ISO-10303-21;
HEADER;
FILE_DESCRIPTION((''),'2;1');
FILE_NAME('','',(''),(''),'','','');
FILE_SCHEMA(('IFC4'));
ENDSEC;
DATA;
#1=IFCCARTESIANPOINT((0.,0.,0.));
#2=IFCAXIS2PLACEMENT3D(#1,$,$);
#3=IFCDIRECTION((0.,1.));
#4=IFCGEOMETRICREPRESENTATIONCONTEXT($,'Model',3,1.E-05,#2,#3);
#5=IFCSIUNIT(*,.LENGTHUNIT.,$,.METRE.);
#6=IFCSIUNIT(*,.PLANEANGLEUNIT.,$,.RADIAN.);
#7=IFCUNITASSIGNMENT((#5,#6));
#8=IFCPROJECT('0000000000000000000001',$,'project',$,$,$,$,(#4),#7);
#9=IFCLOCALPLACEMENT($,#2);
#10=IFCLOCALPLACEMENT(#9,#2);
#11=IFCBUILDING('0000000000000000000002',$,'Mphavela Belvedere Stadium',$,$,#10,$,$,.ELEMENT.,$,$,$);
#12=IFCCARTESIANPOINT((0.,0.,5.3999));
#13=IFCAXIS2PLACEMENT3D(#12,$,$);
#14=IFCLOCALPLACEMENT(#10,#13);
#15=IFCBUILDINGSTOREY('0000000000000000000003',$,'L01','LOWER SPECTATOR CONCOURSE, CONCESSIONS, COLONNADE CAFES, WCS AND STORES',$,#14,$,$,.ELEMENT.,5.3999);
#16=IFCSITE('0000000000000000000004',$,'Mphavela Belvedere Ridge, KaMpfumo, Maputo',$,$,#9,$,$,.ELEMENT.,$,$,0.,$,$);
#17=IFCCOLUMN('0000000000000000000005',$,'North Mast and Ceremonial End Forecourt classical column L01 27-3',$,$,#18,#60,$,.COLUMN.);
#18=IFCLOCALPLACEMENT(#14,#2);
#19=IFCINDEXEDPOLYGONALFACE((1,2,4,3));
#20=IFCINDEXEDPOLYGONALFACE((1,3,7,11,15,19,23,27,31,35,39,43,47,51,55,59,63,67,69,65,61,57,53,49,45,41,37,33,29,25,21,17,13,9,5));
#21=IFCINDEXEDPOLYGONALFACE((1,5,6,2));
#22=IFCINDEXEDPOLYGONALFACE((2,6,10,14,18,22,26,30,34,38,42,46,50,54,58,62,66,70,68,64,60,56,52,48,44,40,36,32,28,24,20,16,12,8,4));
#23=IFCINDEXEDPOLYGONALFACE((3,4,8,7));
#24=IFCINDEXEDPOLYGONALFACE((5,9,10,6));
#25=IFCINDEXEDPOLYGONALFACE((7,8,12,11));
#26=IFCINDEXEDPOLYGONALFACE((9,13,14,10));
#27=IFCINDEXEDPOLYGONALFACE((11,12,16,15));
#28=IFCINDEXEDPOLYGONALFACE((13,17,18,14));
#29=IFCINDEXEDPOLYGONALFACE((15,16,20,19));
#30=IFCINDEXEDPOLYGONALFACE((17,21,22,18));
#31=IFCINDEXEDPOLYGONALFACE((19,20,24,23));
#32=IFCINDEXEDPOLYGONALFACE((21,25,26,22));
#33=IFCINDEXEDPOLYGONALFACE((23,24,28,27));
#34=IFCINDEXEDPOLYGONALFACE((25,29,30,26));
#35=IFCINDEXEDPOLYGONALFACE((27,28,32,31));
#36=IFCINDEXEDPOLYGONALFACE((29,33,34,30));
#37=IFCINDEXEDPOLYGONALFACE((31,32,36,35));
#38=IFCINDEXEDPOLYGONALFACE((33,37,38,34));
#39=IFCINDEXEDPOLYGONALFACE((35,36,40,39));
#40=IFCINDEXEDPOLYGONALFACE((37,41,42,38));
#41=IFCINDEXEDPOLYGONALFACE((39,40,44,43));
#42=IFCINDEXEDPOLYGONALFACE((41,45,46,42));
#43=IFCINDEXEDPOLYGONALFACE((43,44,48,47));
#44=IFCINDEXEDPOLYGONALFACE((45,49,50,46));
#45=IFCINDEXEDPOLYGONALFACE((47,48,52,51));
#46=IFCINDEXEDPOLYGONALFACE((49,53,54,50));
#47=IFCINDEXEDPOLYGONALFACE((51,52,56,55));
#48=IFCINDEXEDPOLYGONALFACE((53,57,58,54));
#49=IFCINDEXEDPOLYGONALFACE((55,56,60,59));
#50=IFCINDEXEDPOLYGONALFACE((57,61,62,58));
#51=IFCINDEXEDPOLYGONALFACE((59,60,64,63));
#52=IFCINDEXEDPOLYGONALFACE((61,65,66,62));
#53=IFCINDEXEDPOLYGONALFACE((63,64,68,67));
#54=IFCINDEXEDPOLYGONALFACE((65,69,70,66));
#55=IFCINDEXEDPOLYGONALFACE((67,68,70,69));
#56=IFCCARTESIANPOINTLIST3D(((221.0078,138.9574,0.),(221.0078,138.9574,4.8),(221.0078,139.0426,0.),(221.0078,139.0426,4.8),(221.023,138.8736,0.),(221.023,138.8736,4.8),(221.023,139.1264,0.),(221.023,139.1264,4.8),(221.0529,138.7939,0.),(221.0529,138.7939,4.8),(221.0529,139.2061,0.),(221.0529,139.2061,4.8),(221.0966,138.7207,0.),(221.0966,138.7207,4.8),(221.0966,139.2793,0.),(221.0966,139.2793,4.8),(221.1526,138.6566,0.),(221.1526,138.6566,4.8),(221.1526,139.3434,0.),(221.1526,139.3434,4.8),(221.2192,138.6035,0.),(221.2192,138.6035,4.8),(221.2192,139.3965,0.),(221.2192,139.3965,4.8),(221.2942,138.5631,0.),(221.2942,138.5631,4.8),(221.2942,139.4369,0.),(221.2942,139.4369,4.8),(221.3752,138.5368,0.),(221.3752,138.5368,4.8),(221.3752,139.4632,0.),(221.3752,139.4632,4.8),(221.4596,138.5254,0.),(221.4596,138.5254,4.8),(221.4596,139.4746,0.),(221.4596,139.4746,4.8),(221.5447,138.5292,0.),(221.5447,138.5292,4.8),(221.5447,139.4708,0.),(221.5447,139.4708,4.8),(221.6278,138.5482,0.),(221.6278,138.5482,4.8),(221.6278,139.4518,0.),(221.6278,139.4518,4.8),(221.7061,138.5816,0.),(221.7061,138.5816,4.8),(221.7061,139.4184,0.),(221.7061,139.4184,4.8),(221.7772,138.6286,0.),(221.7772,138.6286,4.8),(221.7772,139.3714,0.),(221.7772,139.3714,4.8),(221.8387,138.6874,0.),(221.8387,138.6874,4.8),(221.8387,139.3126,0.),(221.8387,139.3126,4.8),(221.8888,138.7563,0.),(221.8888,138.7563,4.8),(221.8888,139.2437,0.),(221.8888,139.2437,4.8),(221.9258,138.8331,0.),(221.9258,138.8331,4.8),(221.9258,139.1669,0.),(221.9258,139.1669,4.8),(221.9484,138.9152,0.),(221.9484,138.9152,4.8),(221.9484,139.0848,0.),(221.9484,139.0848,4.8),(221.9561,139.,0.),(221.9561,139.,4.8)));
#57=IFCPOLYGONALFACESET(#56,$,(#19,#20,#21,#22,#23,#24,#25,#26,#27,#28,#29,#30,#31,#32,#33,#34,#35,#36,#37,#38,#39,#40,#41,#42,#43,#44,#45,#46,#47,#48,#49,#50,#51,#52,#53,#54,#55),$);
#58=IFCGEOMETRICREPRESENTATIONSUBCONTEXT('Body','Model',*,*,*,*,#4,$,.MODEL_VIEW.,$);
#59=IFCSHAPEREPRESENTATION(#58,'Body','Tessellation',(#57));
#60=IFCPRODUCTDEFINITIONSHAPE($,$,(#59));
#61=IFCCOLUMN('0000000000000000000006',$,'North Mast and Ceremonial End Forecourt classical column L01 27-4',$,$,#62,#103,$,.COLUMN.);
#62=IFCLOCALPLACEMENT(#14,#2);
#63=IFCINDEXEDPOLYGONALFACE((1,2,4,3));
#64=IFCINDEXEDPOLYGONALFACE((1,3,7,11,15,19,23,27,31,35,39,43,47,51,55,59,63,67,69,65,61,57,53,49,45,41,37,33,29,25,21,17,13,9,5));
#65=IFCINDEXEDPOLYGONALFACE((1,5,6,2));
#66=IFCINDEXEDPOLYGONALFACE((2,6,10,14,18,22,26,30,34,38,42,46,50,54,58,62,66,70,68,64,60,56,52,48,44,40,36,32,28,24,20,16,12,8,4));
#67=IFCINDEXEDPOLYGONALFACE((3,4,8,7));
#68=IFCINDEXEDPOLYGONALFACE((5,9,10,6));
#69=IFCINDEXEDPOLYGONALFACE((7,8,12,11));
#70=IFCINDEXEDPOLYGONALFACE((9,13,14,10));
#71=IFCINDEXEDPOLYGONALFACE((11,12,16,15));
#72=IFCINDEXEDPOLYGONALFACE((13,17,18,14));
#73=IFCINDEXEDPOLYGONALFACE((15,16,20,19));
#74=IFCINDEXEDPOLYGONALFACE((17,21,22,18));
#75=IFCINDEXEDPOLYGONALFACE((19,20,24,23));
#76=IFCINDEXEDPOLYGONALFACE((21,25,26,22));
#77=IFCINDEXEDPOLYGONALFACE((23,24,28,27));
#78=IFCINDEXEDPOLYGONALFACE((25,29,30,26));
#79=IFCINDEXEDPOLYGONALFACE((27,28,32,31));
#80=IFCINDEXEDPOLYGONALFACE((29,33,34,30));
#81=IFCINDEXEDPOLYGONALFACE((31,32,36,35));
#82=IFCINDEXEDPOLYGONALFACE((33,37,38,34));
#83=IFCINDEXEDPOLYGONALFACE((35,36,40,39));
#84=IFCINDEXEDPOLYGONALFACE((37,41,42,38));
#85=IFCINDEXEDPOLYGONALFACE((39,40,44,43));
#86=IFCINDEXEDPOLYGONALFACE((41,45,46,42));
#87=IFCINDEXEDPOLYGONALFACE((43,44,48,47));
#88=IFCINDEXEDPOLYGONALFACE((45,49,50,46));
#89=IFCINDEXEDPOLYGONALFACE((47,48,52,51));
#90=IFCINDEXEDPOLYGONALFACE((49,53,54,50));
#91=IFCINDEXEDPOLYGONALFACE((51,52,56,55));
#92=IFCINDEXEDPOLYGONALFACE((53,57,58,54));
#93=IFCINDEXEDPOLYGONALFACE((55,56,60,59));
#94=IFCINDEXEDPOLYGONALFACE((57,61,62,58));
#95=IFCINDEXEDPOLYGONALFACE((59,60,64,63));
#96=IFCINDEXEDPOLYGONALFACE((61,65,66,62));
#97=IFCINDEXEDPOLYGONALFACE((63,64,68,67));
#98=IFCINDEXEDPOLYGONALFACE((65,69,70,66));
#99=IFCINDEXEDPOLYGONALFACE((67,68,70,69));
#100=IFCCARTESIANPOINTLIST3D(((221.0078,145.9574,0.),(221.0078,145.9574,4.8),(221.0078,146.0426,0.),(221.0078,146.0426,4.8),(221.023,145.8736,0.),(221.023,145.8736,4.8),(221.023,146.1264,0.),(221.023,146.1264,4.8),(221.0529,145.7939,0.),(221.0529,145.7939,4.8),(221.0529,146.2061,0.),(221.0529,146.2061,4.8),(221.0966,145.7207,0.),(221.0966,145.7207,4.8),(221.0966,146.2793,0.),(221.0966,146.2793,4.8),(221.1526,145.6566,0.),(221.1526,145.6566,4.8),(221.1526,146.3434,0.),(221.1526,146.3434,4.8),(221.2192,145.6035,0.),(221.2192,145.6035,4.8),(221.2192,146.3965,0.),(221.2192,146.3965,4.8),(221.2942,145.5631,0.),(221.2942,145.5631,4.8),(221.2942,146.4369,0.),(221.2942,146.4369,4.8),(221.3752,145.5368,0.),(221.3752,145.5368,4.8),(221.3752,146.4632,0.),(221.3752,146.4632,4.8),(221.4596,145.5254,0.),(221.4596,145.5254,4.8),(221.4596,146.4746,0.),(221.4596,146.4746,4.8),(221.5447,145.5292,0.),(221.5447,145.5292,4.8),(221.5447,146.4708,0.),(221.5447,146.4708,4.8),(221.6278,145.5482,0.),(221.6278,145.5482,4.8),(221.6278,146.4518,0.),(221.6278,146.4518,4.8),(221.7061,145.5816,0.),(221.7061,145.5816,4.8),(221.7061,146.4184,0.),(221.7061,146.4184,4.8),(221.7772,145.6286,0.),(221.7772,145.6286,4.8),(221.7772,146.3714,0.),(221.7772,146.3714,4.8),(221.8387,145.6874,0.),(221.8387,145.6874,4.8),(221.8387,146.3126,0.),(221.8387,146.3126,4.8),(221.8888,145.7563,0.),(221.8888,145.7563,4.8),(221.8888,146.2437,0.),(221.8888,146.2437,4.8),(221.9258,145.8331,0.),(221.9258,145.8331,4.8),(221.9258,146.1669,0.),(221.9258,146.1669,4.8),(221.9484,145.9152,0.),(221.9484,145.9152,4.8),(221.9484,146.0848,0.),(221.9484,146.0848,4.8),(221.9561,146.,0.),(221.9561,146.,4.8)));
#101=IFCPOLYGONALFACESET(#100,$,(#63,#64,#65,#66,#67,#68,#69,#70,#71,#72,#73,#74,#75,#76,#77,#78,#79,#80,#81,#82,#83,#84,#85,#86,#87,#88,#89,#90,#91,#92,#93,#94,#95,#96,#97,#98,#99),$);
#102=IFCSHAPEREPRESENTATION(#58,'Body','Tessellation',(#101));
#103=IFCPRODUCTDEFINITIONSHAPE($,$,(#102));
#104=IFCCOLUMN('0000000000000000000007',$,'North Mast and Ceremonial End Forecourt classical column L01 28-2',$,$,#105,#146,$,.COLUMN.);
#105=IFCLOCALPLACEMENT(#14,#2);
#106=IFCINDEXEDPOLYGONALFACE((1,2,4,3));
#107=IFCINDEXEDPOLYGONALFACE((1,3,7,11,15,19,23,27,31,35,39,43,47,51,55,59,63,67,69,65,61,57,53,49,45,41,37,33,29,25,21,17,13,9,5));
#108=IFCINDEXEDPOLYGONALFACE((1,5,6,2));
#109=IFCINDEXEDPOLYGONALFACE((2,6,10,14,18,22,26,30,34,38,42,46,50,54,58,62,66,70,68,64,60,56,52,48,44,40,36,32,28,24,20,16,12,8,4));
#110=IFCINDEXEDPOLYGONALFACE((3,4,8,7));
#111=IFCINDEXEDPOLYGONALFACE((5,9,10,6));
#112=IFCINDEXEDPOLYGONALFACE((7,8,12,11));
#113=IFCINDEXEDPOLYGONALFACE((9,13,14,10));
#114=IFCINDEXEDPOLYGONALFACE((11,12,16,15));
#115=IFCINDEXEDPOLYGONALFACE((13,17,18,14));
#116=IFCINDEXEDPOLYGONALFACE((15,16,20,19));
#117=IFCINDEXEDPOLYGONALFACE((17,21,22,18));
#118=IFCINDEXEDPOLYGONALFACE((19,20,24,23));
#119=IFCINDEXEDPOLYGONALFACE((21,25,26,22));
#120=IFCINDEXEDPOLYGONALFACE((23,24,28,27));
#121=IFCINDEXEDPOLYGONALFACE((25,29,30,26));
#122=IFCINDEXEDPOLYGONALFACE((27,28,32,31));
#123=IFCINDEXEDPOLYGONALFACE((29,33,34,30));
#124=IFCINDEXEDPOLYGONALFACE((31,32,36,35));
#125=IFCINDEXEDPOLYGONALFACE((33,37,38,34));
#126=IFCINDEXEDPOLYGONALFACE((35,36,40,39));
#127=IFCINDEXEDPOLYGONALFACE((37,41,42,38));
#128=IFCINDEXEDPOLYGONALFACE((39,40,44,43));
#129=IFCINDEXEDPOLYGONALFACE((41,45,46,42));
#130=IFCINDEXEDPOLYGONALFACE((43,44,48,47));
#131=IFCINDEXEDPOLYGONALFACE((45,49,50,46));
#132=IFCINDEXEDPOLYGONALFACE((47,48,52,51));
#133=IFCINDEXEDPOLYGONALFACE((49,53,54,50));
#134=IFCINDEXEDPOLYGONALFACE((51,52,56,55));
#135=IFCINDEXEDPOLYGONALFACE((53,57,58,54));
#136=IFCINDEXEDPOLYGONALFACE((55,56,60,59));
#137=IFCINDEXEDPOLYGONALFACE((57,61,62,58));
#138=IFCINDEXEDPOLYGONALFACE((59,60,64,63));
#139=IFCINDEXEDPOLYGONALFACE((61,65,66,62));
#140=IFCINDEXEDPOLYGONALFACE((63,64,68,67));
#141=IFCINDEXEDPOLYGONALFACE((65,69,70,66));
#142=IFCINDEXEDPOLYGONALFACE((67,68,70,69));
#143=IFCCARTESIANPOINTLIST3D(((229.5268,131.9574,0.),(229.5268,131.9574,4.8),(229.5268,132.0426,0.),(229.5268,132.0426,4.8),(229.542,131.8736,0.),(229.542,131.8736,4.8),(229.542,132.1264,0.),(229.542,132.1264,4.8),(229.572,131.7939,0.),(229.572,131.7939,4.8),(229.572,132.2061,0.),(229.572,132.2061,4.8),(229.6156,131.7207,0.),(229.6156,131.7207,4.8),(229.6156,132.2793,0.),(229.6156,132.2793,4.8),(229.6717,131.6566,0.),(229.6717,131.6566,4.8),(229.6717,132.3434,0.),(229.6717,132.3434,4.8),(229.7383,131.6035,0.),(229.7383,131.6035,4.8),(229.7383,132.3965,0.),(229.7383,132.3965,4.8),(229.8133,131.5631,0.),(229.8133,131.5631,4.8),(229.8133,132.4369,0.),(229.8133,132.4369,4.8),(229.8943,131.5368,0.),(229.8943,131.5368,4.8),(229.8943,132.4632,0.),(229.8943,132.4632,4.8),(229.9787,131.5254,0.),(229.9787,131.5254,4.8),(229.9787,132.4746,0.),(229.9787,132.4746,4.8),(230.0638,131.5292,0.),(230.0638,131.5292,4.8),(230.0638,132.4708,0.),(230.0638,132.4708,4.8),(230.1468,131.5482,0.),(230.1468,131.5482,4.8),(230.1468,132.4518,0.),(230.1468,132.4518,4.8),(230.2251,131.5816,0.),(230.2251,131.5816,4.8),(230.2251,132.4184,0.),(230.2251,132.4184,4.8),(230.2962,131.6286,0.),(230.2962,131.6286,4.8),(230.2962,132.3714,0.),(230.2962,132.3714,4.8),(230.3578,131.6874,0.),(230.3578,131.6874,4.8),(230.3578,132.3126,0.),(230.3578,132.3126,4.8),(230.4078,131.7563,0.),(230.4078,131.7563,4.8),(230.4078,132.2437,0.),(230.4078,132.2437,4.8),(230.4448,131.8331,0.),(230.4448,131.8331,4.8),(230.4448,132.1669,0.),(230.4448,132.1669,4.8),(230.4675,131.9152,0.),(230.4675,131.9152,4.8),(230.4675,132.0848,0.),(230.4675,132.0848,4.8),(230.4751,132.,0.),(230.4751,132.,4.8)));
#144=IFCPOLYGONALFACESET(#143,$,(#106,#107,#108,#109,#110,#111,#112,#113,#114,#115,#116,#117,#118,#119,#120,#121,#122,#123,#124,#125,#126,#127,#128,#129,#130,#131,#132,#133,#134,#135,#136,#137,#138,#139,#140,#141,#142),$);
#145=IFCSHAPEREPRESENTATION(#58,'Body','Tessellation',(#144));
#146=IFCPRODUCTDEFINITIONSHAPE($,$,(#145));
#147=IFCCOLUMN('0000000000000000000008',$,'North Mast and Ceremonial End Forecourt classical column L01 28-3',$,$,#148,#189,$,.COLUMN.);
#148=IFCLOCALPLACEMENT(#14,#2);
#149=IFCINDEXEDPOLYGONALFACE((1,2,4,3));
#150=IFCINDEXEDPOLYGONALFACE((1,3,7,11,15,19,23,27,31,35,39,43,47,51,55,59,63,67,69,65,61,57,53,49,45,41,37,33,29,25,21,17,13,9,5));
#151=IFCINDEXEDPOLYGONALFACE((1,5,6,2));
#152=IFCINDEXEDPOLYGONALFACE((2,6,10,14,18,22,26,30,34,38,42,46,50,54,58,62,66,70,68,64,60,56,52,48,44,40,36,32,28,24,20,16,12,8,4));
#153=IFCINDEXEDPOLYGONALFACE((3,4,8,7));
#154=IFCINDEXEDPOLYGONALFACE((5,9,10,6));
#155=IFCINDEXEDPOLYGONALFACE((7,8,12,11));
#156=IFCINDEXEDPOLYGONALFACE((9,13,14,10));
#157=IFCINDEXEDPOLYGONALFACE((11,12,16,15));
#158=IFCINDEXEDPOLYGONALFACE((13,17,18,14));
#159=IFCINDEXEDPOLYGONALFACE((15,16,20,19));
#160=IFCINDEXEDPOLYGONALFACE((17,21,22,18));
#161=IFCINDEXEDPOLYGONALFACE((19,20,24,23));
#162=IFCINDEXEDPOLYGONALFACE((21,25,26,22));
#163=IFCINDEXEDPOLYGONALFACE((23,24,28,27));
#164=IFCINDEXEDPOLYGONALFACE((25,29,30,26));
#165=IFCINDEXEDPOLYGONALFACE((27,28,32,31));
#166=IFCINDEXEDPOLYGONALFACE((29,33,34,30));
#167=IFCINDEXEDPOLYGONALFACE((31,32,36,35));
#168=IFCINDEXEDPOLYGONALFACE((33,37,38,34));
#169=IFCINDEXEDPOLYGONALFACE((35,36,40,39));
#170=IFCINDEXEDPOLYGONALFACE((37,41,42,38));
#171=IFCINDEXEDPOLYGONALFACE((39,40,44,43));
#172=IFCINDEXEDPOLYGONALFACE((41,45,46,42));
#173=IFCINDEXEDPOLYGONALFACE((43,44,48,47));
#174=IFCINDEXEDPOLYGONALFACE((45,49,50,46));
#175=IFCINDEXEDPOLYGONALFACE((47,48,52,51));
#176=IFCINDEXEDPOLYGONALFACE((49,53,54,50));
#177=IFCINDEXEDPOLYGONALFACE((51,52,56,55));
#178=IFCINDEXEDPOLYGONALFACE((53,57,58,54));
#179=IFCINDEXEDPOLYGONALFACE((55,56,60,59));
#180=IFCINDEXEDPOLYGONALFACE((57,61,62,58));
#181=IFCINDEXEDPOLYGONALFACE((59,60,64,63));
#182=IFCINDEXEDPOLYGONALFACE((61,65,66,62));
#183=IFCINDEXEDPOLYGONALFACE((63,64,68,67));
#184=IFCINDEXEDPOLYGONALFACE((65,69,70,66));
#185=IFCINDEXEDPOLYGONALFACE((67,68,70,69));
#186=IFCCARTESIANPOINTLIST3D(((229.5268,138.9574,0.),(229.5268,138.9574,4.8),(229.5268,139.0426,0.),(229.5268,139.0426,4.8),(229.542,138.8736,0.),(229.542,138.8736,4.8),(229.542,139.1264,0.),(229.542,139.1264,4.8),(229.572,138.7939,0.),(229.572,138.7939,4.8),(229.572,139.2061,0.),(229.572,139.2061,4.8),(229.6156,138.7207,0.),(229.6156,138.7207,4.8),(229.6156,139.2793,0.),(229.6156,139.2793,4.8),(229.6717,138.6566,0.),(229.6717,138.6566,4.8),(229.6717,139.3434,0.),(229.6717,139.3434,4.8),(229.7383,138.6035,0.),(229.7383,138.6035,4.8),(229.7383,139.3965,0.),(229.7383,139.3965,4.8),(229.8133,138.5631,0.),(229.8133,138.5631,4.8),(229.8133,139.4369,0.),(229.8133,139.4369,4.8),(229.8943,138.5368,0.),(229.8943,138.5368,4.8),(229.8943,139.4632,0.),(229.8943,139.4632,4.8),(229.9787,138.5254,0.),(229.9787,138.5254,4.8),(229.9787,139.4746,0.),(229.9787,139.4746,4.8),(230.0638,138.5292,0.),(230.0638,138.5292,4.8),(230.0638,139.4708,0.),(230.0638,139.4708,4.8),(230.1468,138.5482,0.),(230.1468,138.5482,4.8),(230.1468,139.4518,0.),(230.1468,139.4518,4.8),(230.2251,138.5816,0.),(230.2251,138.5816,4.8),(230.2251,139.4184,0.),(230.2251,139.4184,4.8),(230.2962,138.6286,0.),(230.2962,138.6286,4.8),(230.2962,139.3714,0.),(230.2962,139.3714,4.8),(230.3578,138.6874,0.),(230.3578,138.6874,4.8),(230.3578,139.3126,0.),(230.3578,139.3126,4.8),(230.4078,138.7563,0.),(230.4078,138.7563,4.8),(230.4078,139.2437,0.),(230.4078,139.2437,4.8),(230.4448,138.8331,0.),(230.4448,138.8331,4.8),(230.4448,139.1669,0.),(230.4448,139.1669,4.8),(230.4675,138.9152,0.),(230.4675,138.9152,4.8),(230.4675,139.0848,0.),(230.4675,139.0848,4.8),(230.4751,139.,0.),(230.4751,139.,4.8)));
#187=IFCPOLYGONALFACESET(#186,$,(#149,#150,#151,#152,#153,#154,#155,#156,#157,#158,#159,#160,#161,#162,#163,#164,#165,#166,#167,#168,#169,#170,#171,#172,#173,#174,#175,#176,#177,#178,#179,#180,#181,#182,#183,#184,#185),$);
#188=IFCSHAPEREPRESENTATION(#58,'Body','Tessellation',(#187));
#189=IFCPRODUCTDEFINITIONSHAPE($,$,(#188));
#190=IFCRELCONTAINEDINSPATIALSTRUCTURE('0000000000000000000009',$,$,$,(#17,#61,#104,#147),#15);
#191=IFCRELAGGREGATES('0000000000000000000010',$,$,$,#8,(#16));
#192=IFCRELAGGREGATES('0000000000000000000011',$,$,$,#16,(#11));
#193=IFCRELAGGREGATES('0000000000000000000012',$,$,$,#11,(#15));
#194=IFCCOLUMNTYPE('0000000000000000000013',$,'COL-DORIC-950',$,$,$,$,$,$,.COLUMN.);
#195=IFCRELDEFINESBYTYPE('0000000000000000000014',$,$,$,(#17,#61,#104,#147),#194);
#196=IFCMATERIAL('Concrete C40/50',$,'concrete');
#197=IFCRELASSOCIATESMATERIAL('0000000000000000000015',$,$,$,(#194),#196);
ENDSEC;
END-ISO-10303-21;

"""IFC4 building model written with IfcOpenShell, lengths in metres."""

from ifc_helpers import new_model, si_unit, direction, frame, origin, origin_2d, place, context, subcontext, project, spatial, circle, extrude, material, material_profile, profile_set, type_object, element, save


model = new_model("IFC4")

# Units and contexts
model_context = context("Model", 3, precision=1e-05, world=origin(), true_north=direction((0.0, 1.0)))
body_context = subcontext(model_context, "Body", "Model", "MODEL_VIEW")
ifc_project = project(units=[si_unit("LENGTHUNIT", "METRE"), si_unit("PLANEANGLEUNIT", "RADIAN")], contexts=[model_context])

# Site, building, storey
site_placement = place(None, origin())
site = spatial("IfcSite", under=ifc_project, at=site_placement, Name="Mphavela Belvedere Ridge, KaMpfumo, Maputo", CompositionType="ELEMENT", RefElevation=0.0)
building_placement = place(site_placement, origin())
building = spatial("IfcBuilding", under=site, at=building_placement, Name="Mphavela Belvedere Stadium", CompositionType="ELEMENT")
storey_placement = place(building_placement, frame((0.0, 0.0, 5.3999)))
storey = spatial("IfcBuildingStorey", under=building, at=storey_placement, Name="L01", Description="LOWER SPECTATOR CONCOURSE, CONCESSIONS, COLONNADE CAFES, WCS AND STORES", CompositionType="ELEMENT", Elevation=5.3999)

# Columns
ifc_material_1 = material(Name="Concrete C40/50", Category="concrete")
ifc_material_profile_1 = material_profile(ifc_material_1, circle(Radius=0.4751, at=origin_2d()), Name="COL D950")
ifc_profile_set_1 = profile_set([ifc_material_profile_1], Name="Concrete C40/50")
column_type = type_object("IfcColumnType", Name="COL-DORIC-950", PredefinedType="COLUMN", material=ifc_profile_set_1)
for number, where, z_axis, x_axis, name in (
    (1, (221.481, 139.0, 0.0), (0.0, 0.0, 1.0), (1.0, 0.0, 0.0), "North Mast and Ceremonial End Forecourt classical column L01 27-3"),
    (2, (221.481, 146.0, 0.0), (0.0, 0.0, 1.0), (1.0, 0.0, 0.0), "North Mast and Ceremonial End Forecourt classical column L01 27-4"),
    (3, (230.0, 132.0, 0.0), (0.0, 0.0, 1.0), (1.0, 0.0, 0.0), "North Mast and Ceremonial End Forecourt classical column L01 28-2"),
    (4, (230.0, 139.0, 0.0), (0.0, 0.0, 1.0), (1.0, 0.0, 0.0), "North Mast and Ceremonial End Forecourt classical column L01 28-3"),
):
    element("IfcColumn", number, at=place(storey_placement, frame(where, z_axis=z_axis, x_axis=x_axis)), inside=storey, type_object=column_type, Name=name, PredefinedType="COLUMN", context=body_context, shape_type="SweptSolid", body=[
        extrude(circle(Radius=0.4751, at=origin_2d()), origin(), (0.0, 0.0, 1.0), 4.8),
    ])

save(model, "model.ifc")
